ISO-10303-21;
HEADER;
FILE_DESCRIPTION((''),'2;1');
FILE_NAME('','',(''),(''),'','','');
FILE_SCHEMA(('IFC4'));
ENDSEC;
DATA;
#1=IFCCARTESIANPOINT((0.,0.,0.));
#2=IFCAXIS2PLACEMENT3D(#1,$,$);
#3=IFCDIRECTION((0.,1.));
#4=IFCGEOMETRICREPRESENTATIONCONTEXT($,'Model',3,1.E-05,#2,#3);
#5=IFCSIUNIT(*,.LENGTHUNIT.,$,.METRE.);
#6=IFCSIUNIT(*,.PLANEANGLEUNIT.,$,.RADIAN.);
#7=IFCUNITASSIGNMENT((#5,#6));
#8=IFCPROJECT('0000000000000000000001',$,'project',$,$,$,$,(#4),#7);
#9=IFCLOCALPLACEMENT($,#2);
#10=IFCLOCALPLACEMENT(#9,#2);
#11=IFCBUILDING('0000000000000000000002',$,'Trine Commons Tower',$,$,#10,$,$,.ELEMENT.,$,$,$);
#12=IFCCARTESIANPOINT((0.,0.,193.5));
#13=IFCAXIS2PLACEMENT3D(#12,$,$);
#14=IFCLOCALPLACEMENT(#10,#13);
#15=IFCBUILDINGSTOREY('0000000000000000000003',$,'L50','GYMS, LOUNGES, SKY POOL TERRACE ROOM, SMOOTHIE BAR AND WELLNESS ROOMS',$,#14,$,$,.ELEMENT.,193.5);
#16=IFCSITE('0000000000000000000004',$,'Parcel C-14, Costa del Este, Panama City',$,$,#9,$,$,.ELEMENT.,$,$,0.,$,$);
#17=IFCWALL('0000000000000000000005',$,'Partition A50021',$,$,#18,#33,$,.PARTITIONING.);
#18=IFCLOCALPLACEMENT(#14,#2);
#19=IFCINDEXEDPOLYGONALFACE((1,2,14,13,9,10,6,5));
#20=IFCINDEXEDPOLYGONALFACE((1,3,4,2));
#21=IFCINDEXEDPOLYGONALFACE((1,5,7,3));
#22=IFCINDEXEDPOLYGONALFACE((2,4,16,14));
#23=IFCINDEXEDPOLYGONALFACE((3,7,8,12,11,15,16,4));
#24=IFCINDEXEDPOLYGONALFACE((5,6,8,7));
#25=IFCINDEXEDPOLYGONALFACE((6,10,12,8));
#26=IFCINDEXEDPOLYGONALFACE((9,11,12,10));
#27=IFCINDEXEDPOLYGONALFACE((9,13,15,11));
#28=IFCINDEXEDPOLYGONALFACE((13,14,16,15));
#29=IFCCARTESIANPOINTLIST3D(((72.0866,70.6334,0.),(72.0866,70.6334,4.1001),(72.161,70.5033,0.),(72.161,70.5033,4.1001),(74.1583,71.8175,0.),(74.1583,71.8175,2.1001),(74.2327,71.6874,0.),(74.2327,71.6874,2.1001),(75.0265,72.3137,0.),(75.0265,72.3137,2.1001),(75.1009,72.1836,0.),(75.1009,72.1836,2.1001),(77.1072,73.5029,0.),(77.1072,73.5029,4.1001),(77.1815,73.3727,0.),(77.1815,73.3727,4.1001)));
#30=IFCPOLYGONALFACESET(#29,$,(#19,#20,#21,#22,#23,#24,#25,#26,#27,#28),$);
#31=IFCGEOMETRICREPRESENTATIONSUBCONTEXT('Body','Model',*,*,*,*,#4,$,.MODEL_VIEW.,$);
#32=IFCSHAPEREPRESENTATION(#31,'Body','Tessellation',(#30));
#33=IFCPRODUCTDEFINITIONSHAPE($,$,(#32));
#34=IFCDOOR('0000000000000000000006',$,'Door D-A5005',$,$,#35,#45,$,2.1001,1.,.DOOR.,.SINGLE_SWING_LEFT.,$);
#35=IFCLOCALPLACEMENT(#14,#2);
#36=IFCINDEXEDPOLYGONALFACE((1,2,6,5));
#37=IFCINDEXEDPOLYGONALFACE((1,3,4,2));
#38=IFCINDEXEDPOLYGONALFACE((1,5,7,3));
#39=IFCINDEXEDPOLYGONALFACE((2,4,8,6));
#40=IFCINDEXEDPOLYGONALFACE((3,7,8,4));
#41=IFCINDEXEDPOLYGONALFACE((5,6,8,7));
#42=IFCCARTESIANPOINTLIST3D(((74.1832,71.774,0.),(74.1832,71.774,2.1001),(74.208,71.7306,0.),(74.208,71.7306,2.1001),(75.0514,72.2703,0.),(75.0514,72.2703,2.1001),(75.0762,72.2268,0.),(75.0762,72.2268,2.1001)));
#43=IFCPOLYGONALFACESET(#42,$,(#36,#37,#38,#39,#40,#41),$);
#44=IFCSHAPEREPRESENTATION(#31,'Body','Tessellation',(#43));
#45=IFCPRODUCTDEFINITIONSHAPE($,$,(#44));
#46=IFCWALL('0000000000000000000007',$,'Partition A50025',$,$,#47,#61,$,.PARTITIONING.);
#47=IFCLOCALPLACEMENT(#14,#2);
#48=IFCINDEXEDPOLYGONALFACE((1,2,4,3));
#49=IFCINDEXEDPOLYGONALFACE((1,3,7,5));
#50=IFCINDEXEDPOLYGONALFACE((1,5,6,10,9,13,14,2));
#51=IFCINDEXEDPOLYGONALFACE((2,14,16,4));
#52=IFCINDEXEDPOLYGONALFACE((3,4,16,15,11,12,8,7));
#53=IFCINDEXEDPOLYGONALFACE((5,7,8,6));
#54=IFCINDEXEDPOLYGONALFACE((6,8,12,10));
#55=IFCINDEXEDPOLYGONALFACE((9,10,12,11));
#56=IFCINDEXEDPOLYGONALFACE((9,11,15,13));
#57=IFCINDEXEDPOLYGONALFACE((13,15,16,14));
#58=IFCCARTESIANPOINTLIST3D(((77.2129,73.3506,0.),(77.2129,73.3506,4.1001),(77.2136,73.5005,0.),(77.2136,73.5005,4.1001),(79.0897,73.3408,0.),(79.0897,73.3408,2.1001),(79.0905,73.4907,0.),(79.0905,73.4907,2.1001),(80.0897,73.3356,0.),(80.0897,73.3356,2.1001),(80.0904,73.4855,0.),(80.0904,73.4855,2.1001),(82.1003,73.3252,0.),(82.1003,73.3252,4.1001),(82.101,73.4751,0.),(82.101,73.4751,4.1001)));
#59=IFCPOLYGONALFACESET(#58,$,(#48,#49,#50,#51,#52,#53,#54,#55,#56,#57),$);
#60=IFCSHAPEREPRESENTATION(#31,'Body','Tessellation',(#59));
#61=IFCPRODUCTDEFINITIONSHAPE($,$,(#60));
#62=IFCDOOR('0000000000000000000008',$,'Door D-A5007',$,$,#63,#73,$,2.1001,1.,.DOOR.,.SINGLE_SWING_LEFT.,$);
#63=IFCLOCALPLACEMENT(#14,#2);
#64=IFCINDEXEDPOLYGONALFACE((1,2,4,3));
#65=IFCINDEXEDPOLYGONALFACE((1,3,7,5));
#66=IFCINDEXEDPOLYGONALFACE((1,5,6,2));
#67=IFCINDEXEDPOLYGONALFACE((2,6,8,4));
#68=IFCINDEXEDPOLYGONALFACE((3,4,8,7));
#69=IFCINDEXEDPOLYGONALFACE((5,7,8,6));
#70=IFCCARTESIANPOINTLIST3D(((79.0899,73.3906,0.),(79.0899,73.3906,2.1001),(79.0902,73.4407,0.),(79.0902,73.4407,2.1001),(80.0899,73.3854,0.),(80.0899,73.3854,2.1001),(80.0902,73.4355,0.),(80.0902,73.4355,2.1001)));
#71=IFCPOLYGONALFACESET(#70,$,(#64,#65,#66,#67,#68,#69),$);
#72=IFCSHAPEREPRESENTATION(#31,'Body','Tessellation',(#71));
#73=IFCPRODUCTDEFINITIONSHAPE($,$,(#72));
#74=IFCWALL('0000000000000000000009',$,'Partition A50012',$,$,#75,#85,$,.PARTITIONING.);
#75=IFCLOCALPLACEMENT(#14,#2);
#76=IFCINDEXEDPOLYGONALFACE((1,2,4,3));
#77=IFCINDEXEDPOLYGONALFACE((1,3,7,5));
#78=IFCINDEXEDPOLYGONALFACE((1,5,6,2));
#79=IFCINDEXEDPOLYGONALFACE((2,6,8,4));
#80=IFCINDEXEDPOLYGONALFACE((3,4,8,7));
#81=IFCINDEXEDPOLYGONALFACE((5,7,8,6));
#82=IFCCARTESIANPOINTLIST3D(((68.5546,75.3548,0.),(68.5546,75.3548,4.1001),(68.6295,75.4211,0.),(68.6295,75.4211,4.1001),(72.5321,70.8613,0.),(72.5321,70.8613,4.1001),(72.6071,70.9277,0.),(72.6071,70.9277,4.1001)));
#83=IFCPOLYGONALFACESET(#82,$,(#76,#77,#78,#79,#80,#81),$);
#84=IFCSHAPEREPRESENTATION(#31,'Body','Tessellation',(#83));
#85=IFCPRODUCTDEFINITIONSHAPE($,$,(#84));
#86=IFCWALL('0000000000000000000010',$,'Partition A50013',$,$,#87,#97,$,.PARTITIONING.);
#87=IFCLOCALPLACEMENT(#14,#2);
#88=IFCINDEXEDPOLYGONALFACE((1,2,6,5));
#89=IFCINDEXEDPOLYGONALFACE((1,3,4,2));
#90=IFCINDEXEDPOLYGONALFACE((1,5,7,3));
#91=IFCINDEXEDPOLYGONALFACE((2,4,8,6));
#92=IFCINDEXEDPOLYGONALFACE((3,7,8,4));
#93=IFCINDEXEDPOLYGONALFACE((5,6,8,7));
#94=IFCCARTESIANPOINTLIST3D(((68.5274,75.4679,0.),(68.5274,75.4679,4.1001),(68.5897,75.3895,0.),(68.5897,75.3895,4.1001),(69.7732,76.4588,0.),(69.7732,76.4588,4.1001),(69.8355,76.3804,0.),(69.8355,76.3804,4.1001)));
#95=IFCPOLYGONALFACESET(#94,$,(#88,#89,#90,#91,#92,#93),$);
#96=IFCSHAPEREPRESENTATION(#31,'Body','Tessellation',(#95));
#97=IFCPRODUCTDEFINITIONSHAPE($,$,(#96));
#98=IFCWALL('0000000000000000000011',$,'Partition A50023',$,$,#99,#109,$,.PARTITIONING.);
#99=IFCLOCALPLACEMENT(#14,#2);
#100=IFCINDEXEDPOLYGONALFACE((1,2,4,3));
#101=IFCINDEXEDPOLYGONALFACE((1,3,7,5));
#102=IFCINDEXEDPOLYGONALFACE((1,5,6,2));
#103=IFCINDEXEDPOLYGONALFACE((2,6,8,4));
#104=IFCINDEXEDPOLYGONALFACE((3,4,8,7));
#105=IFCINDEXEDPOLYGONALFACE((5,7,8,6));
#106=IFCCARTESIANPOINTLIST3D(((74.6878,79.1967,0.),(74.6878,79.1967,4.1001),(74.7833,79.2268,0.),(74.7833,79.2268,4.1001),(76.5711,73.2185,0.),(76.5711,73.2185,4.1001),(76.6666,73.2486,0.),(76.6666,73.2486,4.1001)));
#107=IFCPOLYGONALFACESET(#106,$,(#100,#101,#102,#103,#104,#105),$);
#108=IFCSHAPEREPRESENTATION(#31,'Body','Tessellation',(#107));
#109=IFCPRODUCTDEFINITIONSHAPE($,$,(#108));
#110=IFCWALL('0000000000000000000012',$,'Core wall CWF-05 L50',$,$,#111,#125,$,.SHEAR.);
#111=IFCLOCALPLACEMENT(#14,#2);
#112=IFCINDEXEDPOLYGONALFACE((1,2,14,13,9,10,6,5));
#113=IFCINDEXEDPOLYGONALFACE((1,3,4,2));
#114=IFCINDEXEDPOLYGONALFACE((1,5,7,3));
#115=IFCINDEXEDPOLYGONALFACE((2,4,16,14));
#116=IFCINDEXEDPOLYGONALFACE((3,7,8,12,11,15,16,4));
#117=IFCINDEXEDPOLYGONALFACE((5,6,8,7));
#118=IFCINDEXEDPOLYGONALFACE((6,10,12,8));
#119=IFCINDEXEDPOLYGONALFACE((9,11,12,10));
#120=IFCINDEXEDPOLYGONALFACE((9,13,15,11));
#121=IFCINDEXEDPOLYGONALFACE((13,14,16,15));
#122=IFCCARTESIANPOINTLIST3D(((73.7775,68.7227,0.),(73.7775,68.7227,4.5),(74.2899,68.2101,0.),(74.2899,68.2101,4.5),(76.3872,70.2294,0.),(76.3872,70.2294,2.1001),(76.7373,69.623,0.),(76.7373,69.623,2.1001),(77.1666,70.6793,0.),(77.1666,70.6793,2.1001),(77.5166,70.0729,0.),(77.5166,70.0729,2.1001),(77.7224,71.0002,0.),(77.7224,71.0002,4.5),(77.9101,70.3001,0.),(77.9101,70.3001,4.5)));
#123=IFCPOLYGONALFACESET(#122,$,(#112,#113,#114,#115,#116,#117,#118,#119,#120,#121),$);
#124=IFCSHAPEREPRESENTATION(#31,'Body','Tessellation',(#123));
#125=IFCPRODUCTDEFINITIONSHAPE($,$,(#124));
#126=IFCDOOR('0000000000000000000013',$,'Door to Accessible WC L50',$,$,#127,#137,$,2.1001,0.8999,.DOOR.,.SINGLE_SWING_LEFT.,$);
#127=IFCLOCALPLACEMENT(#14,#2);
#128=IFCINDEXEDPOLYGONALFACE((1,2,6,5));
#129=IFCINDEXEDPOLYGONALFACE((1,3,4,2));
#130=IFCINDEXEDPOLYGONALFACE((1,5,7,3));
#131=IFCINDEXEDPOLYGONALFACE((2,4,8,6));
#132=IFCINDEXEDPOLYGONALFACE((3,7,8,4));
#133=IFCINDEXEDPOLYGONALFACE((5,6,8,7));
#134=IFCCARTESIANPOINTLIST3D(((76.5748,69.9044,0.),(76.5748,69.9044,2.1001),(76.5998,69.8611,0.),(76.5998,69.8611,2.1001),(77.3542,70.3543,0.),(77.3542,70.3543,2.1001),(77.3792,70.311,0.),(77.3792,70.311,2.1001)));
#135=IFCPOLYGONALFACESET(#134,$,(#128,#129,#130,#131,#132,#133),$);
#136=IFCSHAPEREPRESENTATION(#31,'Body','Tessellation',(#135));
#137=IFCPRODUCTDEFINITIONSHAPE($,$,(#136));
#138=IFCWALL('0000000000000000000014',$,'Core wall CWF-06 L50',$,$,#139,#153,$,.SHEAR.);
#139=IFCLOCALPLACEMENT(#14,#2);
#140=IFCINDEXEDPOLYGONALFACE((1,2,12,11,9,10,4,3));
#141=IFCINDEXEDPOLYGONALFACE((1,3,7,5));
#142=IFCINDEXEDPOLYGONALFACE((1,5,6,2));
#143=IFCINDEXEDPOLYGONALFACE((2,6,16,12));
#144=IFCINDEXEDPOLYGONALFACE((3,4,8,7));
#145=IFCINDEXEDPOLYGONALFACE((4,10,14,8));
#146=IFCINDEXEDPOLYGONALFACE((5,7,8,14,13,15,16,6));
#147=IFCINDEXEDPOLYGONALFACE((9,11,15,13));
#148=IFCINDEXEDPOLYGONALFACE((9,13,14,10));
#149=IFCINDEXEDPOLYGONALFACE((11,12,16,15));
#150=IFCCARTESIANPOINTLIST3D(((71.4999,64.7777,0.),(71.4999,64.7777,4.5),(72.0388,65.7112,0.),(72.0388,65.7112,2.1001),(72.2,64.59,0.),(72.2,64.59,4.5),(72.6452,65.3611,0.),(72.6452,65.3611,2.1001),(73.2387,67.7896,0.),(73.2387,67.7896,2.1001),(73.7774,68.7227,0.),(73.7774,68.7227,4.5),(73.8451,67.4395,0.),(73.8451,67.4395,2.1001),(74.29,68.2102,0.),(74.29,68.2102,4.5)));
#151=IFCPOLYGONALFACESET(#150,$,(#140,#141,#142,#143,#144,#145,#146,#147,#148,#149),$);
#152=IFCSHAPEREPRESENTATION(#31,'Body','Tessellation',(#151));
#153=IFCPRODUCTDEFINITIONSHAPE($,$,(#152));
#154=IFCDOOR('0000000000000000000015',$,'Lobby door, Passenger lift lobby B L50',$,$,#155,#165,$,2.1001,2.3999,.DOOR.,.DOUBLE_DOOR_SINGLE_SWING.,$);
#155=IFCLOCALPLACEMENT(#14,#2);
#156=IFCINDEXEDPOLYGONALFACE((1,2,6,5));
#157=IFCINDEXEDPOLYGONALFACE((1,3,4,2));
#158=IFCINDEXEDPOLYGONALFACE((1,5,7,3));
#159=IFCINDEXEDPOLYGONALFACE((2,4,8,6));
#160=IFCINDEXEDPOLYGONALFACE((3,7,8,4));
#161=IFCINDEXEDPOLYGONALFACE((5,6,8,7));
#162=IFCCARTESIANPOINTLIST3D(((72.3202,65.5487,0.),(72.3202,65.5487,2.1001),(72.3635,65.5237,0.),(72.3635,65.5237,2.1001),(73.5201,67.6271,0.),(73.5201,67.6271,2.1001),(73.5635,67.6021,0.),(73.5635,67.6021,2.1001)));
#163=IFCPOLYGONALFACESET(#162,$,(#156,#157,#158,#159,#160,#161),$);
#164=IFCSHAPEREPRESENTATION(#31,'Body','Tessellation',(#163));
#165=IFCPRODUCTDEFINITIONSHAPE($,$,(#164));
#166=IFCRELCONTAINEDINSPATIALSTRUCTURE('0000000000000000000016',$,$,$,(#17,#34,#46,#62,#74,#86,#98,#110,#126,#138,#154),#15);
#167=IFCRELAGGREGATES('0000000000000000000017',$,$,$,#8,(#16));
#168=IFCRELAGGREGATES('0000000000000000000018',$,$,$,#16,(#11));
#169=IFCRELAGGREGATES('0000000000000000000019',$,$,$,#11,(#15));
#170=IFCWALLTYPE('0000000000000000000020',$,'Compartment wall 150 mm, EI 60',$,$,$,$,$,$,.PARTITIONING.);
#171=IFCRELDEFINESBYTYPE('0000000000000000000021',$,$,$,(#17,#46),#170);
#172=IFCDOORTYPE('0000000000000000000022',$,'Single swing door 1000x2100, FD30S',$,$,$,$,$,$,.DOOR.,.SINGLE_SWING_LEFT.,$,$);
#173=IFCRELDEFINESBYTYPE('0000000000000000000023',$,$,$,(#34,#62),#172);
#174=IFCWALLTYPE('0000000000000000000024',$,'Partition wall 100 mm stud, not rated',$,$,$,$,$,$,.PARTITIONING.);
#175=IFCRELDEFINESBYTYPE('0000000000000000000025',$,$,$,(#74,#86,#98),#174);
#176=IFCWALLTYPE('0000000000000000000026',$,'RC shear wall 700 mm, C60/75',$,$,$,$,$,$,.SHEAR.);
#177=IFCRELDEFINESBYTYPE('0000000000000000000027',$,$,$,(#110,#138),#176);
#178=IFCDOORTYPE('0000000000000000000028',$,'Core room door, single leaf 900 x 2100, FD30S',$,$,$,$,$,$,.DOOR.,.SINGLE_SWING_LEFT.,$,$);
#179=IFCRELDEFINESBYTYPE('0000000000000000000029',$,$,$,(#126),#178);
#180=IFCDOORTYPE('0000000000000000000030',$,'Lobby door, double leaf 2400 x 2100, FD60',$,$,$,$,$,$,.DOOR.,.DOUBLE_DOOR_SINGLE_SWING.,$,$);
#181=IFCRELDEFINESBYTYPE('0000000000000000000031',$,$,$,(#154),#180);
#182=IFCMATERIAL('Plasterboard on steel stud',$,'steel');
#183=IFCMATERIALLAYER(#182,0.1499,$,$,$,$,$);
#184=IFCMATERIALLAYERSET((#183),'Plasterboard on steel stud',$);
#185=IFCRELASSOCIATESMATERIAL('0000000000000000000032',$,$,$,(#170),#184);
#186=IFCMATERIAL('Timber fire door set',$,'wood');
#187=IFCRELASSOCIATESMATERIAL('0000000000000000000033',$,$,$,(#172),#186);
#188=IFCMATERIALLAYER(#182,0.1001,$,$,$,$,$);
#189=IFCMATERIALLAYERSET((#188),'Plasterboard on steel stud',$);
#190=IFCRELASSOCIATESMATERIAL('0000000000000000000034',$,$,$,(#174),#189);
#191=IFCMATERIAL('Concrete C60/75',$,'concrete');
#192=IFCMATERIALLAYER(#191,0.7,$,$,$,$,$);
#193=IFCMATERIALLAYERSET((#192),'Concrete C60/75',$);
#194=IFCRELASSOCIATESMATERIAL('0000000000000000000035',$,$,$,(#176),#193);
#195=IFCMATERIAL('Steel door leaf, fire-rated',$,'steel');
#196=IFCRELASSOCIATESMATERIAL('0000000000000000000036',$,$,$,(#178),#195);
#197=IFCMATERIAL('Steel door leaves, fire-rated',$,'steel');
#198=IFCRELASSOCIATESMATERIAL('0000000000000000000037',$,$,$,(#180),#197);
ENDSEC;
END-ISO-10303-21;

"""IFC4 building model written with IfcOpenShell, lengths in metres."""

from ifc_helpers import new_model, si_unit, direction, frame, frame_2d, origin, place, context, subcontext, project, spatial, polyline, rectangle, outline, extrude, material, layer, layer_set, type_object, element, fill, save


model = new_model("IFC4")

# Units and contexts
model_context = context("Model", 3, precision=1e-05, world=origin(), true_north=direction((0.0, 1.0)))
body_context = subcontext(model_context, "Body", "Model", "MODEL_VIEW")
ifc_project = project(units=[si_unit("LENGTHUNIT", "METRE"), si_unit("PLANEANGLEUNIT", "RADIAN")], contexts=[model_context])

# Site, building, storey
site_placement = place(None, origin())
site = spatial("IfcSite", under=ifc_project, at=site_placement, Name="Parcel C-14, Costa del Este, Panama City", CompositionType="ELEMENT", RefElevation=0.0)
building_placement = place(site_placement, origin())
building = spatial("IfcBuilding", under=site, at=building_placement, Name="Trine Commons Tower", CompositionType="ELEMENT")
storey_placement = place(building_placement, frame((0.0, 0.0, 193.5)))
storey = spatial("IfcBuildingStorey", under=building, at=storey_placement, Name="L50", Description="GYMS, LOUNGES, SKY POOL TERRACE ROOM, SMOOTHIE BAR AND WELLNESS ROOMS", CompositionType="ELEMENT", Elevation=193.5)

# Walls, openings, doors
ifc_material_1 = material(Name="Plasterboard on steel stud", Category="steel")
ifc_layer_1 = layer(ifc_material_1, 0.1499)
ifc_layer_set_1 = layer_set([ifc_layer_1], Name="Plasterboard on steel stud")
wall_type_1 = type_object("IfcWallType", Name="Compartment wall 150 mm, EI 60", PredefinedType="PARTITIONING", material=ifc_layer_set_1)
wall_1_placement = place(storey_placement, frame((72.1238, 70.5684, 0.0), z_axis=(0.0, 0.0, 1.0), x_axis=(0.868204, 0.496207, 0.0)))
wall_1 = element("IfcWall", 1, at=wall_1_placement, inside=storey, type_object=wall_type_1, Name="Partition A50021", PredefinedType="PARTITIONING", context=body_context, shape_type="SweptSolid", body=[
    extrude(rectangle(XDim=5.7827, YDim=0.1499, at=frame_2d((2.8914, 0.0))), origin(), (0.0, 0.0, 1.0), 4.1001),
])
opening_1_placement = place(wall_1_placement, frame((2.3862, 0.0, 0.0)))
opening_1 = element("IfcOpeningElement", 2, at=opening_1_placement, cuts=wall_1, PredefinedType="OPENING", context=body_context, shape_type="SweptSolid", body=[
    extrude(rectangle(XDim=1.0, YDim=2.1001, at=frame_2d((0.5, 1.05))), frame((0.0, 0.085, 0.0), z_axis=(0.0, -1.0, 0.0), x_axis=(1.0, 0.0, 0.0)), (0.0, 0.0, 1.0), 0.1699),
])
ifc_material_2 = material(Name="Timber fire door set", Category="wood")
door_type_1 = type_object("IfcDoorType", Name="Single swing door 1000x2100, FD30S", OperationType="SINGLE_SWING_LEFT", PredefinedType="DOOR", material=ifc_material_2)
door_1_placement = place(opening_1_placement, origin())
door_1 = element("IfcDoor", 3, at=door_1_placement, inside=storey, type_object=door_type_1, Name="Door D-A5005", OperationType="SINGLE_SWING_LEFT", OverallHeight=2.1001, OverallWidth=1.0, PredefinedType="DOOR", context=body_context, shape_type="SweptSolid", body=[
    extrude(rectangle(XDim=1.0, YDim=2.1001, at=frame_2d((0.5, 1.05))), frame((0.0, 0.0249, 0.0), z_axis=(0.0, -1.0, 0.0), x_axis=(1.0, 0.0, 0.0)), (0.0, 0.0, 1.0), 0.05),
])
fill(opening_1, door_1)
wall_2_placement = place(storey_placement, frame((77.2131, 73.4255, 0.0), z_axis=(0.0, 0.0, 1.0), x_axis=(0.999987, -0.005195, 0.0)))
wall_2 = element("IfcWall", 4, at=wall_2_placement, inside=storey, type_object=wall_type_1, Name="Partition A50025", PredefinedType="PARTITIONING", context=body_context, shape_type="SweptSolid", body=[
    extrude(rectangle(XDim=4.8875, YDim=0.1499, at=frame_2d((2.4438, 0.0))), origin(), (0.0, 0.0, 1.0), 4.1001),
])
opening_2_placement = place(wall_2_placement, frame((1.877, 0.0, 0.0)))
opening_2 = element("IfcOpeningElement", 5, at=opening_2_placement, cuts=wall_2, PredefinedType="OPENING", context=body_context, shape_type="SweptSolid", body=[
    extrude(rectangle(XDim=1.0, YDim=2.1001, at=frame_2d((0.5, 1.05))), frame((0.0, 0.085, 0.0), z_axis=(0.0, -1.0, 0.0), x_axis=(1.0, 0.0, 0.0)), (0.0, 0.0, 1.0), 0.1699),
])
door_2_placement = place(opening_2_placement, origin())
door_2 = element("IfcDoor", 6, at=door_2_placement, inside=storey, type_object=door_type_1, Name="Door D-A5007", OperationType="SINGLE_SWING_LEFT", OverallHeight=2.1001, OverallWidth=1.0, PredefinedType="DOOR", context=body_context, shape_type="SweptSolid", body=[
    extrude(rectangle(XDim=1.0, YDim=2.1001, at=frame_2d((0.5, 1.05))), frame((0.0, 0.0249, 0.0), z_axis=(0.0, -1.0, 0.0), x_axis=(1.0, 0.0, 0.0)), (0.0, 0.0, 1.0), 0.05),
])
fill(opening_2, door_2)

# Walls
ifc_layer_2 = layer(ifc_material_1, 0.1001)
ifc_layer_set_2 = layer_set([ifc_layer_2], Name="Plasterboard on steel stud")
wall_type_2 = type_object("IfcWallType", Name="Partition wall 100 mm stud, not rated", PredefinedType="PARTITIONING", material=ifc_layer_set_2)
wall_3_placement = place(storey_placement, frame((68.592, 75.3879, 0.0), z_axis=(0.0, 0.0, 1.0), x_axis=(0.662817, -0.748781, 0.0)))
element("IfcWall", 7, at=wall_3_placement, inside=storey, type_object=wall_type_2, Name="Partition A50012", PredefinedType="PARTITIONING", context=body_context, shape_type="SweptSolid", body=[
    extrude(rectangle(XDim=6.001, YDim=0.1001, at=frame_2d((3.0005, 0.0))), origin(), (0.0, 0.0, 1.0), 4.1001),
])
wall_4_placement = place(storey_placement, frame((68.5586, 75.4287, 0.0), z_axis=(0.0, 0.0, 1.0), x_axis=(0.782616, 0.622504, 0.0)))
element("IfcWall", 8, at=wall_4_placement, inside=storey, type_object=wall_type_2, Name="Partition A50013", PredefinedType="PARTITIONING", context=body_context, shape_type="SweptSolid", body=[
    extrude(rectangle(XDim=1.5918, YDim=0.1001, at=frame_2d((0.7959, 0.0))), origin(), (0.0, 0.0, 1.0), 4.1001),
])
wall_5_placement = place(storey_placement, frame((74.7356, 79.2117, 0.0), z_axis=(0.0, 0.0, 1.0), x_axis=(0.300468, -0.953792, 0.0)))
element("IfcWall", 9, at=wall_5_placement, inside=storey, type_object=wall_type_2, Name="Partition A50023", PredefinedType="PARTITIONING", context=body_context, shape_type="SweptSolid", body=[
    extrude(rectangle(XDim=6.2678, YDim=0.1001, at=frame_2d((3.1338, 0.0))), origin(), (0.0, 0.0, 1.0), 4.1001),
])

# Walls, openings, doors
ifc_material_3 = material(Name="Concrete C60/75", Category="concrete")
ifc_layer_3 = layer(ifc_material_3, 0.7)
ifc_layer_set_3 = layer_set([ifc_layer_3], Name="Concrete C60/75")
wall_type_3 = type_object("IfcWallType", Name="RC shear wall 700 mm, C60/75", PredefinedType="SHEAR", material=ifc_layer_set_3)
wall_6_placement = place(storey_placement, frame((77.8975, 70.697, 0.0), z_axis=(0.0, 0.0, 1.0), x_axis=(-0.866035, -0.499984, 0.0)))
wall_6 = element("IfcWall", 10, at=wall_6_placement, inside=storey, type_object=wall_type_3, Name="Core wall CWF-05 L50", PredefinedType="SHEAR", context=body_context, shape_type="SweptSolid", body=[
    extrude(outline(polyline([(0.0, -0.3501), (4.5552, -0.3501), (4.3677, 0.3501), (0.1875, 0.3501), (0.0, -0.3501)])), origin(), (0.0, 0.0, 1.0), 4.5),
])
opening_3_placement = place(wall_6_placement, frame((0.6418, 0.0, 0.0)))
opening_3 = element("IfcOpeningElement", 11, at=opening_3_placement, cuts=wall_6, PredefinedType="OPENING", context=body_context, shape_type="SweptSolid", body=[
    extrude(rectangle(XDim=0.8999, YDim=2.1001, at=frame_2d((0.45, 1.05))), frame((0.0, 0.3599, 0.0), z_axis=(0.0, -1.0, 0.0), x_axis=(1.0, 0.0, 0.0)), (0.0, 0.0, 1.0), 0.72),
])
ifc_material_4 = material(Name="Steel door leaf, fire-rated", Category="steel")
door_type_2 = type_object("IfcDoorType", Name="Core room door, single leaf 900 x 2100, FD30S", OperationType="SINGLE_SWING_LEFT", PredefinedType="DOOR", material=ifc_material_4)
door_3_placement = place(opening_3_placement, origin())
door_3 = element("IfcDoor", 12, at=door_3_placement, inside=storey, type_object=door_type_2, Name="Door to Accessible WC L50", OperationType="SINGLE_SWING_LEFT", OverallHeight=2.1001, OverallWidth=0.8999, PredefinedType="DOOR", context=body_context, shape_type="SweptSolid", body=[
    extrude(rectangle(XDim=0.8999, YDim=2.1001, at=frame_2d((0.45, 1.05))), frame((0.0, 0.0752, 0.0), z_axis=(0.0, -1.0, 0.0), x_axis=(1.0, 0.0, 0.0)), (0.0, 0.0, 1.0), 0.05),
])
fill(opening_3, door_3)
wall_7_placement = place(storey_placement, frame((74.0806, 68.5476, 0.0), z_axis=(0.0, 0.0, 1.0), x_axis=(-0.499984, -0.866035, 0.0)))
wall_7 = element("IfcWall", 13, at=wall_7_placement, inside=storey, type_object=wall_type_3, Name="Core wall CWF-06 L50", PredefinedType="SHEAR", context=body_context, shape_type="SweptSolid", body=[
    extrude(outline(polyline([(0.0, -0.3501), (4.5552, -0.3501), (4.3677, 0.3501), (0.1875, 0.3501), (0.0, -0.3501)])), origin(), (0.0, 0.0, 1.0), 4.5),
])
opening_4_placement = place(wall_7_placement, frame((1.0774, 0.0, 0.0)))
opening_4 = element("IfcOpeningElement", 14, at=opening_4_placement, cuts=wall_7, PredefinedType="OPENING", context=body_context, shape_type="SweptSolid", body=[
    extrude(rectangle(XDim=2.3999, YDim=2.1001, at=frame_2d((1.2, 1.05))), frame((0.0, 0.3599, 0.0), z_axis=(0.0, -1.0, 0.0), x_axis=(1.0, 0.0, 0.0)), (0.0, 0.0, 1.0), 0.72),
])
ifc_material_5 = material(Name="Steel door leaves, fire-rated", Category="steel")
door_type_3 = type_object("IfcDoorType", Name="Lobby door, double leaf 2400 x 2100, FD60", OperationType="DOUBLE_DOOR_SINGLE_SWING", PredefinedType="DOOR", material=ifc_material_5)
door_4_placement = place(opening_4_placement, origin())
door_4 = element("IfcDoor", 15, at=door_4_placement, inside=storey, type_object=door_type_3, Name="Lobby door, Passenger lift lobby B L50", OperationType="DOUBLE_DOOR_SINGLE_SWING", OverallHeight=2.1001, OverallWidth=2.3999, PredefinedType="DOOR", context=body_context, shape_type="SweptSolid", body=[
    extrude(rectangle(XDim=2.3999, YDim=2.1001, at=frame_2d((1.2, 1.05))), frame((0.0, 0.0249, 0.0), z_axis=(0.0, -1.0, 0.0), x_axis=(1.0, 0.0, 0.0)), (0.0, 0.0, 1.0), 0.05),
])
fill(opening_4, door_4)

save(model, "model.ifc")
